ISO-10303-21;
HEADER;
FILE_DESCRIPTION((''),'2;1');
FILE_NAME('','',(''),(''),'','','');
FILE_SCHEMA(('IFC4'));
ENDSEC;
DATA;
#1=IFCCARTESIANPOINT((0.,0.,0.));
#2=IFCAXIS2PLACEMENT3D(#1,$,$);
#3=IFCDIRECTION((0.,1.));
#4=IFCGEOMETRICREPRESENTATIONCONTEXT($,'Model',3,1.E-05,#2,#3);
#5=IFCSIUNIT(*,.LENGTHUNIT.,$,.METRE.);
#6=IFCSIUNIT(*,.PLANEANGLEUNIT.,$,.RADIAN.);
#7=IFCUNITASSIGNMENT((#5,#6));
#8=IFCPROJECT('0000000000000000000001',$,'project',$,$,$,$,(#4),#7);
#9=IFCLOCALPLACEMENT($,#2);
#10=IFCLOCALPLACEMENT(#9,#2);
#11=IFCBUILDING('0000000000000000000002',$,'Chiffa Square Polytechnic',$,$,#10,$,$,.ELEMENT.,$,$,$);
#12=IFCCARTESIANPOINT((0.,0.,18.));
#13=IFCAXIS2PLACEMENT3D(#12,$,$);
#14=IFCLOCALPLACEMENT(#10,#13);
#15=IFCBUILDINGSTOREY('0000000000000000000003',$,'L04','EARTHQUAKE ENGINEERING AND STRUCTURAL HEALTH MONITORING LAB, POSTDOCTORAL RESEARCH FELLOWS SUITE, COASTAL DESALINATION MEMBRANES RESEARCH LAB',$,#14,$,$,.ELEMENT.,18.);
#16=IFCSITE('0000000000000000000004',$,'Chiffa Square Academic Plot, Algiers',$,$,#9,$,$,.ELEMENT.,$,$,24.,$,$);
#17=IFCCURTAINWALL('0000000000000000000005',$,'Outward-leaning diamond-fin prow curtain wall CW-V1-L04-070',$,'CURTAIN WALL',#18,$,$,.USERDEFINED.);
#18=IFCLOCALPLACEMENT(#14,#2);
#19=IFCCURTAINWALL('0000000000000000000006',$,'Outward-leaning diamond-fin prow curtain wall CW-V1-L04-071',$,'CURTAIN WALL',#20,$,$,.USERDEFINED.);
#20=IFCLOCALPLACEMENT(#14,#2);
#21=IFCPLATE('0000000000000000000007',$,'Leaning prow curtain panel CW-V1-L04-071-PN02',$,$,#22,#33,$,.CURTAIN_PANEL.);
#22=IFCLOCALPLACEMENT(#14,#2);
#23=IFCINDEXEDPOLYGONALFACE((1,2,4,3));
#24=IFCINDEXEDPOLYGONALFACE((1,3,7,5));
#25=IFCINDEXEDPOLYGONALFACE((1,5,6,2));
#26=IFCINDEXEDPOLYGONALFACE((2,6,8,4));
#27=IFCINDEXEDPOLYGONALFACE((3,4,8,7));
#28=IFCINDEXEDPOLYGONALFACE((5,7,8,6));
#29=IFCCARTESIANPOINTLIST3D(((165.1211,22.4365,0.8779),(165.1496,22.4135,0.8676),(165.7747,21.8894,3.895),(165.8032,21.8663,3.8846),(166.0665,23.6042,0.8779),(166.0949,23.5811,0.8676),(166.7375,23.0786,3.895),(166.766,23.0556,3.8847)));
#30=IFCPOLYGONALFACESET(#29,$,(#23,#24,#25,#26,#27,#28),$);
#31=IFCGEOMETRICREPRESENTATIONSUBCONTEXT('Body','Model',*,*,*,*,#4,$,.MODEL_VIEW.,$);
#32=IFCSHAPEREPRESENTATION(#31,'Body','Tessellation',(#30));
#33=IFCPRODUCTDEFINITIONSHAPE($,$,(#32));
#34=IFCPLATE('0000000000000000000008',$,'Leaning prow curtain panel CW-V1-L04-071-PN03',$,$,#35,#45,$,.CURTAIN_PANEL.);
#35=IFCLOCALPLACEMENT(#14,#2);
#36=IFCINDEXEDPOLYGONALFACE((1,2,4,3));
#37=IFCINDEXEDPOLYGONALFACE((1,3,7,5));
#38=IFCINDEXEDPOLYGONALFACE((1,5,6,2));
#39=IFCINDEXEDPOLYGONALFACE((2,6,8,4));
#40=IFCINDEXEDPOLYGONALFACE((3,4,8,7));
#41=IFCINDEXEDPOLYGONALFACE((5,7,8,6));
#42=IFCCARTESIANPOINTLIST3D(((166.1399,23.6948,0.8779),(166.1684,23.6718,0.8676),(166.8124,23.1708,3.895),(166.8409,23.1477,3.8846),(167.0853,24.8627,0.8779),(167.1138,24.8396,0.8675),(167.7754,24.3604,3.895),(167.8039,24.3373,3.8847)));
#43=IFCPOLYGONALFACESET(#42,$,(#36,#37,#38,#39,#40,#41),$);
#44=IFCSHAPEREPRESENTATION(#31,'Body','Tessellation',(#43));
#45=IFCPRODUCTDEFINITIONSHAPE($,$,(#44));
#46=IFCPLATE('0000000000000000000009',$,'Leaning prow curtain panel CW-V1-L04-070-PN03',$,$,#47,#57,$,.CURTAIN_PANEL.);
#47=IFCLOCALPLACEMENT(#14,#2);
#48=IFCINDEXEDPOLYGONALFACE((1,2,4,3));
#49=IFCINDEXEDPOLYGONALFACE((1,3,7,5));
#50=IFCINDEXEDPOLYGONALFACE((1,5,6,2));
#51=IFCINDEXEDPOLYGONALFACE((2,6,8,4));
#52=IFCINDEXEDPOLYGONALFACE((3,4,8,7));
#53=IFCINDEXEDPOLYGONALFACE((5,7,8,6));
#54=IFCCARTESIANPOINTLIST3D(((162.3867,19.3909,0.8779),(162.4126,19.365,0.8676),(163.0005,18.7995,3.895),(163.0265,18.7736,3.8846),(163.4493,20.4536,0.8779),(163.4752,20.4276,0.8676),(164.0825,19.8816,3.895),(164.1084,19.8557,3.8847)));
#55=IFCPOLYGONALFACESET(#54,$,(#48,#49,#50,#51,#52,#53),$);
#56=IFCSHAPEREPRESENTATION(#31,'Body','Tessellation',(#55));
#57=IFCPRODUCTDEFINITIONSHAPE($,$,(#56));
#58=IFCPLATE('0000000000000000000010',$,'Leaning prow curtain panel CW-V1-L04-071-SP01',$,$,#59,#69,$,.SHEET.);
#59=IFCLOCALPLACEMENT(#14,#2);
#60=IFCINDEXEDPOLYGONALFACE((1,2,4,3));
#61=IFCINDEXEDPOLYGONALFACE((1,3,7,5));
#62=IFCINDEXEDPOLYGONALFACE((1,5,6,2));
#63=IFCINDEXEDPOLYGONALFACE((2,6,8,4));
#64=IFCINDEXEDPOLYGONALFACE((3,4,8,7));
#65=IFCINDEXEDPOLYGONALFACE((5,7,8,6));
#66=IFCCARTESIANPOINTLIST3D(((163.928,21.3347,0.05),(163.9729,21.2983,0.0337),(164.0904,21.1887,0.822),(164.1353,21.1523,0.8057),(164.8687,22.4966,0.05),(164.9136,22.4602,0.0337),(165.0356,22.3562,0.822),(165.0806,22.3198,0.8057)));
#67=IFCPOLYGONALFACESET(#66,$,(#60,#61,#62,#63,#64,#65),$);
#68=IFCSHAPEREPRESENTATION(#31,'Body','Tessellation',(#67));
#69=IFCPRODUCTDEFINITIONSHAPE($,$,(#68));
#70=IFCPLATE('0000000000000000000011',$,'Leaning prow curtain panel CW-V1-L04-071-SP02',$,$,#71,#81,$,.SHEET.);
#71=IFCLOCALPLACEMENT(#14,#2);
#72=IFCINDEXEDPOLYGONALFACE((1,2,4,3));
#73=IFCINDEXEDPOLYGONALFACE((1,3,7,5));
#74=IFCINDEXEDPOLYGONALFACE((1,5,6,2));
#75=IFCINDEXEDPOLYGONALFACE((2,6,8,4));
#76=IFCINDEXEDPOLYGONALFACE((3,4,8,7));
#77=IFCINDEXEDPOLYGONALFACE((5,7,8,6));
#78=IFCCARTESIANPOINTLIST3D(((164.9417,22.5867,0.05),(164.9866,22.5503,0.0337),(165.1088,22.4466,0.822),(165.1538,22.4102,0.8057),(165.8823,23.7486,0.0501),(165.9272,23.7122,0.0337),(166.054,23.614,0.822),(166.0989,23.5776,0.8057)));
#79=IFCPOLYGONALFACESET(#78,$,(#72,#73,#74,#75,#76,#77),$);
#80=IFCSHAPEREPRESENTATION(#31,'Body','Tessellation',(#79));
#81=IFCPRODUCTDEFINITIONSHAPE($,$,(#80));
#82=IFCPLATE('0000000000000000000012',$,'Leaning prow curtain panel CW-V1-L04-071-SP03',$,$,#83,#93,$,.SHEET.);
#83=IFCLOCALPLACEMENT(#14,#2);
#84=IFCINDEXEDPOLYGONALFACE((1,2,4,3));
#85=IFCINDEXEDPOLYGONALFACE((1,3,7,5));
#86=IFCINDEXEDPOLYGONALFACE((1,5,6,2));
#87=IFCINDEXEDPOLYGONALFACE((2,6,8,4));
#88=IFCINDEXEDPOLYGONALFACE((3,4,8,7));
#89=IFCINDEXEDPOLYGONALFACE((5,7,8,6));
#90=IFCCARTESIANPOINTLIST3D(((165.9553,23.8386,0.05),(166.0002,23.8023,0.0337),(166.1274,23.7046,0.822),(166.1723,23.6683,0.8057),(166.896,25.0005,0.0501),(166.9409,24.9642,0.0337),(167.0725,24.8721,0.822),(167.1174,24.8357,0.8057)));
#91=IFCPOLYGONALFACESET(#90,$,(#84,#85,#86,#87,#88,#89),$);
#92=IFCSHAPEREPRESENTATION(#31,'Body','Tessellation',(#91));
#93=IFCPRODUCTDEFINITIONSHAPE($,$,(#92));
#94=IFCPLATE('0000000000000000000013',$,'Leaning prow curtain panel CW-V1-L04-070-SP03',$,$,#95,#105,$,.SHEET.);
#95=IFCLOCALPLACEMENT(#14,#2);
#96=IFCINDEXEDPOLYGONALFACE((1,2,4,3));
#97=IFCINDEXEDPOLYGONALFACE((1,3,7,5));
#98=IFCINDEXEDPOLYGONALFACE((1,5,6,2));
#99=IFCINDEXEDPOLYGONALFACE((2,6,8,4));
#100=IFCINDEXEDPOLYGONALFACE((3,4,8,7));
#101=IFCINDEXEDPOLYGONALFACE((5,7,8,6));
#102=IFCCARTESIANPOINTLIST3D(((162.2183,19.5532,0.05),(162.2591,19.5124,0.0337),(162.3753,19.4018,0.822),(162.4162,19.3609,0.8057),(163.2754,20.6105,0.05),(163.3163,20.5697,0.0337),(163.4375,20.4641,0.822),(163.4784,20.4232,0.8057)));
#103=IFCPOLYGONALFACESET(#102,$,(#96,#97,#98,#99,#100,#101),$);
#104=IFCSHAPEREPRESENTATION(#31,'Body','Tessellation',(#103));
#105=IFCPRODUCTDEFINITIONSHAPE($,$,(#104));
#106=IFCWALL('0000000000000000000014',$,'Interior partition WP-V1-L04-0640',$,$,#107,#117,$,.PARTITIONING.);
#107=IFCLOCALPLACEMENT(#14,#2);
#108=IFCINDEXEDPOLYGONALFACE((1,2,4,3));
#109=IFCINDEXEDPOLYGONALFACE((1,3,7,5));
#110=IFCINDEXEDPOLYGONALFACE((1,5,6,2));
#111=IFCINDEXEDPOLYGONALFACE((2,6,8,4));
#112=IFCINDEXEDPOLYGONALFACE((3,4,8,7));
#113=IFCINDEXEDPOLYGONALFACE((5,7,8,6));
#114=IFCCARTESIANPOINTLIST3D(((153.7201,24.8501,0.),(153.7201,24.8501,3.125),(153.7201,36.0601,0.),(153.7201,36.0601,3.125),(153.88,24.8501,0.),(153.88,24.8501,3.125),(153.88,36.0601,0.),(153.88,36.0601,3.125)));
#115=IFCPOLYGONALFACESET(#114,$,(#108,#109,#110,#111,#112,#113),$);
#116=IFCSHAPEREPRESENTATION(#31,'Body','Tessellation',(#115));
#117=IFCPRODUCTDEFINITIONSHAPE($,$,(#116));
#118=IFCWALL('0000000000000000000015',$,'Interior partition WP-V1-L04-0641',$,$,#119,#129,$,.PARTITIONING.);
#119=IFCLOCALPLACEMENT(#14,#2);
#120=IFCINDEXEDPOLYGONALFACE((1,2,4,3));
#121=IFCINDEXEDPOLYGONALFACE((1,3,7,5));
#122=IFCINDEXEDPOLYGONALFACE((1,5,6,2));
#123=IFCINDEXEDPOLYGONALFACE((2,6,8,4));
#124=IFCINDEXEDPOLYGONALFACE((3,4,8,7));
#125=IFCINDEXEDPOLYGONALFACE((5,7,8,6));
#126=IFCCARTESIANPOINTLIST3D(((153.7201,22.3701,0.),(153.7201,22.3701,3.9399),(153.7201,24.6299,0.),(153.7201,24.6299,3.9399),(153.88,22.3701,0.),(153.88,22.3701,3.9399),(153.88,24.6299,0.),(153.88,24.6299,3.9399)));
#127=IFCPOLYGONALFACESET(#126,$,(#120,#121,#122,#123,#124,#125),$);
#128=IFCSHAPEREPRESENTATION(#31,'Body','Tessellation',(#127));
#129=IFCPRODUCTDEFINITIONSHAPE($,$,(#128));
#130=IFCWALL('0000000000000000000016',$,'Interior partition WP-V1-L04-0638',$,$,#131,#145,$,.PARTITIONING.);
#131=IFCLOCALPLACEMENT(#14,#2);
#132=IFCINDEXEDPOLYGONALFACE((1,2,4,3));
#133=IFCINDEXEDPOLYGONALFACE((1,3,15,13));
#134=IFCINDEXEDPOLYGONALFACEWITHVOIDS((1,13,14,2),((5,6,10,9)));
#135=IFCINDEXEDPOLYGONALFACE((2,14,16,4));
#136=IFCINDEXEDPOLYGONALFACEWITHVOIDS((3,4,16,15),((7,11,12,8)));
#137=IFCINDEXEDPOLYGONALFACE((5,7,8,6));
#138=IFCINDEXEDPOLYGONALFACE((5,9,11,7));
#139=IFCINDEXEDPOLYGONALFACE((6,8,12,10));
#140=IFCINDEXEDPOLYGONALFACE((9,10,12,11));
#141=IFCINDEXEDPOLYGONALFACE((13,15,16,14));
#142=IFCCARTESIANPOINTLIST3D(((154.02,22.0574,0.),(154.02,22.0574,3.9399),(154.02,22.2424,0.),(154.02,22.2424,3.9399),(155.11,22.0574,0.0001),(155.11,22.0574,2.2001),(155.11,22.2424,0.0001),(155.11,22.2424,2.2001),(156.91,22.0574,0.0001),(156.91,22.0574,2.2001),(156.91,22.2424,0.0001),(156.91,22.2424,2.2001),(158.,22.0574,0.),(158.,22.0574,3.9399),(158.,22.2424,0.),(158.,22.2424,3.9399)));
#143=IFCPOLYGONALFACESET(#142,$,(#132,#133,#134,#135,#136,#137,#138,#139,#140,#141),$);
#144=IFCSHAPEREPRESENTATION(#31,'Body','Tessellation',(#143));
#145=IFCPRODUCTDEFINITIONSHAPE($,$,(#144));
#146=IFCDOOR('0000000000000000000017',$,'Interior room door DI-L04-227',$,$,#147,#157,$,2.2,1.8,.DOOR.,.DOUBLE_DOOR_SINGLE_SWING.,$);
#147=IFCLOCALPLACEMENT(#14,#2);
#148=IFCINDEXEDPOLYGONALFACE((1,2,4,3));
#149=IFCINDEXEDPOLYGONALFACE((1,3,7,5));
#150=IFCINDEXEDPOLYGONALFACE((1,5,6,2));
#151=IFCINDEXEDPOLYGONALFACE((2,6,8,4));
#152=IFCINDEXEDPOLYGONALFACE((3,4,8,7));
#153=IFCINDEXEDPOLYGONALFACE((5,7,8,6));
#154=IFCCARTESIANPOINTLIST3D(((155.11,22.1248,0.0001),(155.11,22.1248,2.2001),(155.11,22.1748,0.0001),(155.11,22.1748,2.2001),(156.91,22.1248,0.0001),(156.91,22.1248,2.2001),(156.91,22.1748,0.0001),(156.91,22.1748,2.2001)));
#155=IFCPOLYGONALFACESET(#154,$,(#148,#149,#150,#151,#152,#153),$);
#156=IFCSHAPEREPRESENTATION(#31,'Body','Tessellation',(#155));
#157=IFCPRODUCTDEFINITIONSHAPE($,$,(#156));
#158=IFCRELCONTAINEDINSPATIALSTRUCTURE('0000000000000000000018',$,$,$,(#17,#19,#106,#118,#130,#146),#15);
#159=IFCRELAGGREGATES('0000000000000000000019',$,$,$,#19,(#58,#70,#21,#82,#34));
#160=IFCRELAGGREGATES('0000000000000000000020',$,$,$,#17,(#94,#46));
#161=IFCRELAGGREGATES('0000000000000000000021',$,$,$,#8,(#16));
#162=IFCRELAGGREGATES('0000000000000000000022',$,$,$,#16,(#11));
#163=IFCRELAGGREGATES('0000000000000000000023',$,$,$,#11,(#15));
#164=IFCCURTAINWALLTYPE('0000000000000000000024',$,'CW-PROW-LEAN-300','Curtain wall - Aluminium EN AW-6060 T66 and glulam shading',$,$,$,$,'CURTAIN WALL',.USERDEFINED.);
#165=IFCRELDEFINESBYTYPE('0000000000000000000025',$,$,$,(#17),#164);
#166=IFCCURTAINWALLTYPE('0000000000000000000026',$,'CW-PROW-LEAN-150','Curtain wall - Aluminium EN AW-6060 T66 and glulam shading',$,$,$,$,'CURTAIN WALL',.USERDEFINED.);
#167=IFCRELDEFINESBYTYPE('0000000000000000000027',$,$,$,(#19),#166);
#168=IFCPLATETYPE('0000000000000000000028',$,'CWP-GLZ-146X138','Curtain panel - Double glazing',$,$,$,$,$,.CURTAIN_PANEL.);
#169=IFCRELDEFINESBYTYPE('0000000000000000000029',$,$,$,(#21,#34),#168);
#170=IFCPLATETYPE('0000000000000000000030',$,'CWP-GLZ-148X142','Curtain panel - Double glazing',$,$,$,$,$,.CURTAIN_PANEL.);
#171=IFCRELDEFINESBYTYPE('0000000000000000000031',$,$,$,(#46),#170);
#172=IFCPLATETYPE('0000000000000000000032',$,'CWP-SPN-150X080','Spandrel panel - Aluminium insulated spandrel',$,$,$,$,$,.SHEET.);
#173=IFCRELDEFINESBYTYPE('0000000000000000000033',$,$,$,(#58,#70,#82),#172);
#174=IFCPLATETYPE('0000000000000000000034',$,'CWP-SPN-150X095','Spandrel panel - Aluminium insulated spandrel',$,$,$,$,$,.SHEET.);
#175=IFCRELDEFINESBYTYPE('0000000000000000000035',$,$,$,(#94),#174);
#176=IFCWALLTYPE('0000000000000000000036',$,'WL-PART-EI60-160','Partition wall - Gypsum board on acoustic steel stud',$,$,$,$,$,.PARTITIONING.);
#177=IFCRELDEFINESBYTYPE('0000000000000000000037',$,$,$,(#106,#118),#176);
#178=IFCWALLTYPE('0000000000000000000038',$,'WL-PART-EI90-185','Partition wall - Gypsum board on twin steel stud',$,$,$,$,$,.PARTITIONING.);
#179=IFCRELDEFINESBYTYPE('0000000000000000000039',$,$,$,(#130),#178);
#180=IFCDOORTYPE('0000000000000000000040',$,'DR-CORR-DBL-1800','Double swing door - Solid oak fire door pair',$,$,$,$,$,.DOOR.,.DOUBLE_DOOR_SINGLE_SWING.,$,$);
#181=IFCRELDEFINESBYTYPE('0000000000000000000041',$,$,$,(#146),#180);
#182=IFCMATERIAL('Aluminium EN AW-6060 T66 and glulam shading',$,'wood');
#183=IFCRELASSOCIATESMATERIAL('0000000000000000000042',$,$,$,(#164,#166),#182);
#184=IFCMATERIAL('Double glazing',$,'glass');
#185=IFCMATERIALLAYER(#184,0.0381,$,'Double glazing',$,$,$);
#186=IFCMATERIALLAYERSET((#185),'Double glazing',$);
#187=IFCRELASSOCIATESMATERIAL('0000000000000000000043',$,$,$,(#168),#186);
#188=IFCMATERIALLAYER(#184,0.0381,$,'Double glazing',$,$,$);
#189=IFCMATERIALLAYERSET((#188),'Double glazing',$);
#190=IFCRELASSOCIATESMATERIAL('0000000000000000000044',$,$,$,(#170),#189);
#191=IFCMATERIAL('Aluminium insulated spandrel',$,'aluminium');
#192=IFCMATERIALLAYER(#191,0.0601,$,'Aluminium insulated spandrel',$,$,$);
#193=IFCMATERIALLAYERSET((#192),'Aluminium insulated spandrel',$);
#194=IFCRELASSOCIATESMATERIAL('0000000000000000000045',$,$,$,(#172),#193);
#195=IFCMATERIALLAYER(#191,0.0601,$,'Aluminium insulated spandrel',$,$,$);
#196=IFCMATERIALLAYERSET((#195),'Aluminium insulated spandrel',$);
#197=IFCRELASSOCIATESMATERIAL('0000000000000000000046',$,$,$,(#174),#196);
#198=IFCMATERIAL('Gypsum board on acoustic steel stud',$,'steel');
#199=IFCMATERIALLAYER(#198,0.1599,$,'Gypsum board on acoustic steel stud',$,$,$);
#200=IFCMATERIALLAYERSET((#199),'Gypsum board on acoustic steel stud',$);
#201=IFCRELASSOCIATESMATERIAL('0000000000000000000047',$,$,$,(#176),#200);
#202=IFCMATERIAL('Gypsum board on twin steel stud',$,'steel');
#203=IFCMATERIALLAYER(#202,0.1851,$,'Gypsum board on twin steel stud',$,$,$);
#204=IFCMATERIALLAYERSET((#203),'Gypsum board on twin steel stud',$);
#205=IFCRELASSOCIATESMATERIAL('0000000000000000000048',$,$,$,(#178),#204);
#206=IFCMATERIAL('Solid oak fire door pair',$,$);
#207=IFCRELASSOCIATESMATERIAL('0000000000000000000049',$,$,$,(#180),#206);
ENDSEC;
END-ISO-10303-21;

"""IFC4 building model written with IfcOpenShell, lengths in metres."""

from ifc_helpers import new_model, si_unit, direction, frame, frame_2d, origin, place, context, subcontext, project, spatial, polyline, rectangle, outline, extrude, material, layer, layer_set, type_object, element, fill, aggregate, save


model = new_model("IFC4")

# Units and contexts
model_context = context("Model", 3, precision=1e-05, world=origin(), true_north=direction((0.0, 1.0)))
body_context = subcontext(model_context, "Body", "Model", "MODEL_VIEW")
ifc_project = project(units=[si_unit("LENGTHUNIT", "METRE"), si_unit("PLANEANGLEUNIT", "RADIAN")], contexts=[model_context])

# Site, building, storey
site_placement = place(None, origin())
site = spatial("IfcSite", under=ifc_project, at=site_placement, Name="Chiffa Square Academic Plot, Algiers", CompositionType="ELEMENT", RefElevation=24.0)
building_placement = place(site_placement, origin())
building = spatial("IfcBuilding", under=site, at=building_placement, Name="Chiffa Square Polytechnic", CompositionType="ELEMENT")
storey_placement = place(building_placement, frame((0.0, 0.0, 18.0)))
storey = spatial("IfcBuildingStorey", under=building, at=storey_placement, Name="L04", Description="EARTHQUAKE ENGINEERING AND STRUCTURAL HEALTH MONITORING LAB, POSTDOCTORAL RESEARCH FELLOWS SUITE, COASTAL DESALINATION MEMBRANES RESEARCH LAB", CompositionType="ELEMENT", Elevation=18.0)

# Curtain walls
ifc_material_1 = material(Name="Aluminium EN AW-6060 T66 and glulam shading", Category="wood")
curtain_wall_type_1 = type_object("IfcCurtainWallType", Name="CW-PROW-LEAN-300", Description="Curtain wall - Aluminium EN AW-6060 T66 and glulam shading", ElementType="CURTAIN WALL", PredefinedType="USERDEFINED", material=ifc_material_1)
curtain_wall_1_placement = place(storey_placement, origin())
curtain_wall_1 = element("IfcCurtainWall", 1, at=curtain_wall_1_placement, inside=storey, type_object=curtain_wall_type_1, Name="Outward-leaning diamond-fin prow curtain wall CW-V1-L04-070", ObjectType="CURTAIN WALL", PredefinedType="USERDEFINED")
curtain_wall_type_2 = type_object("IfcCurtainWallType", Name="CW-PROW-LEAN-150", Description="Curtain wall - Aluminium EN AW-6060 T66 and glulam shading", ElementType="CURTAIN WALL", PredefinedType="USERDEFINED", material=ifc_material_1)
curtain_wall_2_placement = place(storey_placement, origin())
curtain_wall_2 = element("IfcCurtainWall", 2, at=curtain_wall_2_placement, inside=storey, type_object=curtain_wall_type_2, Name="Outward-leaning diamond-fin prow curtain wall CW-V1-L04-071", ObjectType="CURTAIN WALL", PredefinedType="USERDEFINED")

# Plates
ifc_material_2 = material(Name="Double glazing", Category="glass")
ifc_layer_1 = layer(ifc_material_2, 0.0381, Name="Double glazing")
ifc_layer_set_1 = layer_set([ifc_layer_1], Name="Double glazing")
plate_type_1 = type_object("IfcPlateType", Name="CWP-GLZ-146X138", Description="Curtain panel - Double glazing", PredefinedType="CURTAIN_PANEL", material=ifc_layer_set_1)
plate_1_placement = place(storey_placement, frame((165.1211, 22.4365, 0.8779), z_axis=(-0.747941, 0.605542, 0.271851), x_axis=(0.629237, 0.777213, -0.000012)))
plate_1 = element("IfcPlate", 3, at=plate_1_placement, type_object=plate_type_1, Name="Leaning prow curtain panel CW-V1-L04-071-PN02", PredefinedType="CURTAIN_PANEL", context=body_context, shape_type="SweptSolid", body=[
    extrude(outline(polyline([(0.0, 0.0), (1.5024, 0.0), (1.5161, -3.1352), (-0.014, -3.1351), (0.0, 0.0)])), origin(), (0.0, 0.0, -1.0), 0.0381),
])
plate_2_placement = place(storey_placement, frame((166.1399, 23.6948, 0.8779), z_axis=(-0.747957, 0.605507, 0.271885), x_axis=(0.629203, 0.777241, -0.000029)))
plate_2 = element("IfcPlate", 4, at=plate_2_placement, type_object=plate_type_1, Name="Leaning prow curtain panel CW-V1-L04-071-PN03", PredefinedType="CURTAIN_PANEL", context=body_context, shape_type="SweptSolid", body=[
    extrude(outline(polyline([(0.0, 0.0), (1.5026, 0.0), (1.5462, -3.1352), (0.0157, -3.1351), (0.0, 0.0)])), origin(), (0.0, 0.0, -1.0), 0.0381),
])
ifc_layer_2 = layer(ifc_material_2, 0.0381, Name="Double glazing")
ifc_layer_set_2 = layer_set([ifc_layer_2], Name="Double glazing")
plate_type_2 = type_object("IfcPlateType", Name="CWP-GLZ-148X142", Description="Curtain panel - Double glazing", PredefinedType="CURTAIN_PANEL", material=ifc_layer_set_2)
plate_3_placement = place(storey_placement, frame((162.3867, 19.3909, 0.8779), z_axis=(-0.680521, 0.680443, 0.271824), x_axis=(0.707064, 0.70715, -0.000015)))
plate_3 = element("IfcPlate", 5, at=plate_3_placement, type_object=plate_type_2, Name="Leaning prow curtain panel CW-V1-L04-070-PN03", PredefinedType="CURTAIN_PANEL", context=body_context, shape_type="SweptSolid", body=[
    extrude(outline(polyline([(0.0, 0.0), (1.5028, 0.0), (1.546, -3.1352), (0.0158, -3.1351), (0.0, 0.0)])), origin(), (0.0, 0.0, -1.0), 0.0381),
])
ifc_material_3 = material(Name="Aluminium insulated spandrel", Category="aluminium")
ifc_layer_3 = layer(ifc_material_3, 0.0601, Name="Aluminium insulated spandrel")
ifc_layer_set_3 = layer_set([ifc_layer_3], Name="Aluminium insulated spandrel")
plate_type_3 = type_object("IfcPlateType", Name="CWP-SPN-150X080", Description="Spandrel panel - Aluminium insulated spandrel", PredefinedType="SHEET", material=ifc_layer_set_3)
plate_4_placement = place(storey_placement, frame((163.928, 21.3347, 0.05), z_axis=(-0.747919, 0.605563, 0.271864), x_axis=(0.629262, 0.777193, -0.000006)))
plate_4 = element("IfcPlate", 6, at=plate_4_placement, type_object=plate_type_3, Name="Leaning prow curtain panel CW-V1-L04-071-SP01", PredefinedType="SHEET", context=body_context, shape_type="SweptSolid", body=[
    extrude(outline(polyline([(0.0, 0.0), (1.4949, 0.0), (1.4909, -0.8022), (-0.0113, -0.8022), (0.0, 0.0)])), origin(), (0.0, 0.0, -1.0), 0.0601),
])
plate_5_placement = place(storey_placement, frame((164.9417, 22.5867, 0.05), z_axis=(-0.747954, 0.605513, 0.271879), x_axis=(0.629217, 0.77723, 0.00001)))
plate_5 = element("IfcPlate", 7, at=plate_5_placement, type_object=plate_type_3, Name="Leaning prow curtain panel CW-V1-L04-071-SP02", PredefinedType="SHEET", context=body_context, shape_type="SweptSolid", body=[
    extrude(outline(polyline([(0.0, 0.0), (1.4949, 0.0), (1.4984, -0.8022), (-0.0037, -0.8022), (0.0, 0.0)])), origin(), (0.0, 0.0, -1.0), 0.0601),
])
plate_6_placement = place(storey_placement, frame((165.9553, 23.8386, 0.05), z_axis=(-0.747966, 0.605522, 0.271827), x_axis=(0.629217, 0.77723, 0.00001)))
plate_6 = element("IfcPlate", 8, at=plate_6_placement, type_object=plate_type_3, Name="Leaning prow curtain panel CW-V1-L04-071-SP03", PredefinedType="SHEET", context=body_context, shape_type="SweptSolid", body=[
    extrude(outline(polyline([(0.0, 0.0), (1.4949, 0.0), (1.5062, -0.8022), (0.0041, -0.8022), (0.0, 0.0)])), origin(), (0.0, 0.0, -1.0), 0.0601),
])
aggregate(curtain_wall_2, [plate_4, plate_5, plate_1, plate_6, plate_2])
ifc_layer_4 = layer(ifc_material_3, 0.0601, Name="Aluminium insulated spandrel")
ifc_layer_set_4 = layer_set([ifc_layer_4], Name="Aluminium insulated spandrel")
plate_type_4 = type_object("IfcPlateType", Name="CWP-SPN-150X095", Description="Spandrel panel - Aluminium insulated spandrel", PredefinedType="SHEET", material=ifc_layer_set_4)
plate_7_placement = place(storey_placement, frame((162.2183, 19.5532, 0.05), z_axis=(-0.680505, 0.680426, 0.271907), x_axis=(0.707063, 0.707151, -0.000015)))
plate_7 = element("IfcPlate", 9, at=plate_7_placement, type_object=plate_type_4, Name="Leaning prow curtain panel CW-V1-L04-070-SP03", PredefinedType="SHEET", context=body_context, shape_type="SweptSolid", body=[
    extrude(outline(polyline([(0.0, 0.0), (1.4952, 0.0), (1.5062, -0.8022), (0.0039, -0.8022), (0.0, 0.0)])), origin(), (0.0, 0.0, -1.0), 0.0601),
])
aggregate(curtain_wall_1, [plate_7, plate_3])

# Walls
ifc_material_4 = material(Name="Gypsum board on acoustic steel stud", Category="steel")
ifc_layer_5 = layer(ifc_material_4, 0.1599, Name="Gypsum board on acoustic steel stud")
ifc_layer_set_5 = layer_set([ifc_layer_5], Name="Gypsum board on acoustic steel stud")
wall_type_1 = type_object("IfcWallType", Name="WL-PART-EI60-160", Description="Partition wall - Gypsum board on acoustic steel stud", PredefinedType="PARTITIONING", material=ifc_layer_set_5)
wall_1_placement = place(storey_placement, frame((153.8, 24.8501, 0.0), z_axis=(0.0, 0.0, 1.0), x_axis=(0.0, 1.0, 0.0)))
element("IfcWall", 10, at=wall_1_placement, inside=storey, type_object=wall_type_1, Name="Interior partition WP-V1-L04-0640", PredefinedType="PARTITIONING", context=body_context, shape_type="SweptSolid", body=[
    extrude(rectangle(XDim=11.21, YDim=0.1599, at=frame_2d((5.605, 0.0))), origin(), (0.0, 0.0, 1.0), 3.125),
])
wall_2_placement = place(storey_placement, frame((153.8, 22.3701, 0.0), z_axis=(0.0, 0.0, 1.0), x_axis=(0.0, 1.0, 0.0)))
element("IfcWall", 11, at=wall_2_placement, inside=storey, type_object=wall_type_1, Name="Interior partition WP-V1-L04-0641", PredefinedType="PARTITIONING", context=body_context, shape_type="SweptSolid", body=[
    extrude(rectangle(XDim=2.2598, YDim=0.1599, at=frame_2d((1.1299, 0.0))), origin(), (0.0, 0.0, 1.0), 3.9399),
])

# Wall, opening, door
ifc_material_5 = material(Name="Gypsum board on twin steel stud", Category="steel")
ifc_layer_6 = layer(ifc_material_5, 0.1851, Name="Gypsum board on twin steel stud")
ifc_layer_set_6 = layer_set([ifc_layer_6], Name="Gypsum board on twin steel stud")
wall_type_2 = type_object("IfcWallType", Name="WL-PART-EI90-185", Description="Partition wall - Gypsum board on twin steel stud", PredefinedType="PARTITIONING", material=ifc_layer_set_6)
wall_3_placement = place(storey_placement, frame((154.02, 22.1499, 0.0), z_axis=(0.0, 0.0, 1.0), x_axis=(1.0, 0.0, 0.0)))
wall_3 = element("IfcWall", 12, at=wall_3_placement, inside=storey, type_object=wall_type_2, Name="Interior partition WP-V1-L04-0638", PredefinedType="PARTITIONING", context=body_context, shape_type="SweptSolid", body=[
    extrude(rectangle(XDim=3.98, YDim=0.1851, at=frame_2d((1.99, 0.0))), origin(), (0.0, 0.0, 1.0), 3.9399),
])
opening_placement = place(wall_3_placement, frame((1.0901, 0.0, 0.0)))
opening = element("IfcOpeningElement", 13, at=opening_placement, cuts=wall_3, PredefinedType="OPENING", context=body_context, shape_type="SweptSolid", body=[
    extrude(rectangle(XDim=1.8, YDim=2.2, at=frame_2d((0.8999, 1.1001))), frame((0.0, 0.1025, 0.0), z_axis=(0.0, -1.0, 0.0), x_axis=(1.0, 0.0, 0.0)), (0.0, 0.0, 1.0), 0.2051),
])
ifc_material_6 = material(Name="Solid oak fire door pair")
door_type = type_object("IfcDoorType", Name="DR-CORR-DBL-1800", Description="Double swing door - Solid oak fire door pair", OperationType="DOUBLE_DOOR_SINGLE_SWING", PredefinedType="DOOR", material=ifc_material_6)
door_placement = place(opening_placement, origin())
door = element("IfcDoor", 14, at=door_placement, inside=storey, type_object=door_type, Name="Interior room door DI-L04-227", OperationType="DOUBLE_DOOR_SINGLE_SWING", OverallHeight=2.2, OverallWidth=1.8, PredefinedType="DOOR", context=body_context, shape_type="SweptSolid", body=[
    extrude(rectangle(XDim=1.8, YDim=2.2, at=frame_2d((0.8999, 1.1001))), frame((0.0, 0.0249, 0.0), z_axis=(0.0, -1.0, 0.0), x_axis=(1.0, 0.0, 0.0)), (0.0, 0.0, 1.0), 0.05),
])
fill(opening, door)

save(model, "model.ifc")
